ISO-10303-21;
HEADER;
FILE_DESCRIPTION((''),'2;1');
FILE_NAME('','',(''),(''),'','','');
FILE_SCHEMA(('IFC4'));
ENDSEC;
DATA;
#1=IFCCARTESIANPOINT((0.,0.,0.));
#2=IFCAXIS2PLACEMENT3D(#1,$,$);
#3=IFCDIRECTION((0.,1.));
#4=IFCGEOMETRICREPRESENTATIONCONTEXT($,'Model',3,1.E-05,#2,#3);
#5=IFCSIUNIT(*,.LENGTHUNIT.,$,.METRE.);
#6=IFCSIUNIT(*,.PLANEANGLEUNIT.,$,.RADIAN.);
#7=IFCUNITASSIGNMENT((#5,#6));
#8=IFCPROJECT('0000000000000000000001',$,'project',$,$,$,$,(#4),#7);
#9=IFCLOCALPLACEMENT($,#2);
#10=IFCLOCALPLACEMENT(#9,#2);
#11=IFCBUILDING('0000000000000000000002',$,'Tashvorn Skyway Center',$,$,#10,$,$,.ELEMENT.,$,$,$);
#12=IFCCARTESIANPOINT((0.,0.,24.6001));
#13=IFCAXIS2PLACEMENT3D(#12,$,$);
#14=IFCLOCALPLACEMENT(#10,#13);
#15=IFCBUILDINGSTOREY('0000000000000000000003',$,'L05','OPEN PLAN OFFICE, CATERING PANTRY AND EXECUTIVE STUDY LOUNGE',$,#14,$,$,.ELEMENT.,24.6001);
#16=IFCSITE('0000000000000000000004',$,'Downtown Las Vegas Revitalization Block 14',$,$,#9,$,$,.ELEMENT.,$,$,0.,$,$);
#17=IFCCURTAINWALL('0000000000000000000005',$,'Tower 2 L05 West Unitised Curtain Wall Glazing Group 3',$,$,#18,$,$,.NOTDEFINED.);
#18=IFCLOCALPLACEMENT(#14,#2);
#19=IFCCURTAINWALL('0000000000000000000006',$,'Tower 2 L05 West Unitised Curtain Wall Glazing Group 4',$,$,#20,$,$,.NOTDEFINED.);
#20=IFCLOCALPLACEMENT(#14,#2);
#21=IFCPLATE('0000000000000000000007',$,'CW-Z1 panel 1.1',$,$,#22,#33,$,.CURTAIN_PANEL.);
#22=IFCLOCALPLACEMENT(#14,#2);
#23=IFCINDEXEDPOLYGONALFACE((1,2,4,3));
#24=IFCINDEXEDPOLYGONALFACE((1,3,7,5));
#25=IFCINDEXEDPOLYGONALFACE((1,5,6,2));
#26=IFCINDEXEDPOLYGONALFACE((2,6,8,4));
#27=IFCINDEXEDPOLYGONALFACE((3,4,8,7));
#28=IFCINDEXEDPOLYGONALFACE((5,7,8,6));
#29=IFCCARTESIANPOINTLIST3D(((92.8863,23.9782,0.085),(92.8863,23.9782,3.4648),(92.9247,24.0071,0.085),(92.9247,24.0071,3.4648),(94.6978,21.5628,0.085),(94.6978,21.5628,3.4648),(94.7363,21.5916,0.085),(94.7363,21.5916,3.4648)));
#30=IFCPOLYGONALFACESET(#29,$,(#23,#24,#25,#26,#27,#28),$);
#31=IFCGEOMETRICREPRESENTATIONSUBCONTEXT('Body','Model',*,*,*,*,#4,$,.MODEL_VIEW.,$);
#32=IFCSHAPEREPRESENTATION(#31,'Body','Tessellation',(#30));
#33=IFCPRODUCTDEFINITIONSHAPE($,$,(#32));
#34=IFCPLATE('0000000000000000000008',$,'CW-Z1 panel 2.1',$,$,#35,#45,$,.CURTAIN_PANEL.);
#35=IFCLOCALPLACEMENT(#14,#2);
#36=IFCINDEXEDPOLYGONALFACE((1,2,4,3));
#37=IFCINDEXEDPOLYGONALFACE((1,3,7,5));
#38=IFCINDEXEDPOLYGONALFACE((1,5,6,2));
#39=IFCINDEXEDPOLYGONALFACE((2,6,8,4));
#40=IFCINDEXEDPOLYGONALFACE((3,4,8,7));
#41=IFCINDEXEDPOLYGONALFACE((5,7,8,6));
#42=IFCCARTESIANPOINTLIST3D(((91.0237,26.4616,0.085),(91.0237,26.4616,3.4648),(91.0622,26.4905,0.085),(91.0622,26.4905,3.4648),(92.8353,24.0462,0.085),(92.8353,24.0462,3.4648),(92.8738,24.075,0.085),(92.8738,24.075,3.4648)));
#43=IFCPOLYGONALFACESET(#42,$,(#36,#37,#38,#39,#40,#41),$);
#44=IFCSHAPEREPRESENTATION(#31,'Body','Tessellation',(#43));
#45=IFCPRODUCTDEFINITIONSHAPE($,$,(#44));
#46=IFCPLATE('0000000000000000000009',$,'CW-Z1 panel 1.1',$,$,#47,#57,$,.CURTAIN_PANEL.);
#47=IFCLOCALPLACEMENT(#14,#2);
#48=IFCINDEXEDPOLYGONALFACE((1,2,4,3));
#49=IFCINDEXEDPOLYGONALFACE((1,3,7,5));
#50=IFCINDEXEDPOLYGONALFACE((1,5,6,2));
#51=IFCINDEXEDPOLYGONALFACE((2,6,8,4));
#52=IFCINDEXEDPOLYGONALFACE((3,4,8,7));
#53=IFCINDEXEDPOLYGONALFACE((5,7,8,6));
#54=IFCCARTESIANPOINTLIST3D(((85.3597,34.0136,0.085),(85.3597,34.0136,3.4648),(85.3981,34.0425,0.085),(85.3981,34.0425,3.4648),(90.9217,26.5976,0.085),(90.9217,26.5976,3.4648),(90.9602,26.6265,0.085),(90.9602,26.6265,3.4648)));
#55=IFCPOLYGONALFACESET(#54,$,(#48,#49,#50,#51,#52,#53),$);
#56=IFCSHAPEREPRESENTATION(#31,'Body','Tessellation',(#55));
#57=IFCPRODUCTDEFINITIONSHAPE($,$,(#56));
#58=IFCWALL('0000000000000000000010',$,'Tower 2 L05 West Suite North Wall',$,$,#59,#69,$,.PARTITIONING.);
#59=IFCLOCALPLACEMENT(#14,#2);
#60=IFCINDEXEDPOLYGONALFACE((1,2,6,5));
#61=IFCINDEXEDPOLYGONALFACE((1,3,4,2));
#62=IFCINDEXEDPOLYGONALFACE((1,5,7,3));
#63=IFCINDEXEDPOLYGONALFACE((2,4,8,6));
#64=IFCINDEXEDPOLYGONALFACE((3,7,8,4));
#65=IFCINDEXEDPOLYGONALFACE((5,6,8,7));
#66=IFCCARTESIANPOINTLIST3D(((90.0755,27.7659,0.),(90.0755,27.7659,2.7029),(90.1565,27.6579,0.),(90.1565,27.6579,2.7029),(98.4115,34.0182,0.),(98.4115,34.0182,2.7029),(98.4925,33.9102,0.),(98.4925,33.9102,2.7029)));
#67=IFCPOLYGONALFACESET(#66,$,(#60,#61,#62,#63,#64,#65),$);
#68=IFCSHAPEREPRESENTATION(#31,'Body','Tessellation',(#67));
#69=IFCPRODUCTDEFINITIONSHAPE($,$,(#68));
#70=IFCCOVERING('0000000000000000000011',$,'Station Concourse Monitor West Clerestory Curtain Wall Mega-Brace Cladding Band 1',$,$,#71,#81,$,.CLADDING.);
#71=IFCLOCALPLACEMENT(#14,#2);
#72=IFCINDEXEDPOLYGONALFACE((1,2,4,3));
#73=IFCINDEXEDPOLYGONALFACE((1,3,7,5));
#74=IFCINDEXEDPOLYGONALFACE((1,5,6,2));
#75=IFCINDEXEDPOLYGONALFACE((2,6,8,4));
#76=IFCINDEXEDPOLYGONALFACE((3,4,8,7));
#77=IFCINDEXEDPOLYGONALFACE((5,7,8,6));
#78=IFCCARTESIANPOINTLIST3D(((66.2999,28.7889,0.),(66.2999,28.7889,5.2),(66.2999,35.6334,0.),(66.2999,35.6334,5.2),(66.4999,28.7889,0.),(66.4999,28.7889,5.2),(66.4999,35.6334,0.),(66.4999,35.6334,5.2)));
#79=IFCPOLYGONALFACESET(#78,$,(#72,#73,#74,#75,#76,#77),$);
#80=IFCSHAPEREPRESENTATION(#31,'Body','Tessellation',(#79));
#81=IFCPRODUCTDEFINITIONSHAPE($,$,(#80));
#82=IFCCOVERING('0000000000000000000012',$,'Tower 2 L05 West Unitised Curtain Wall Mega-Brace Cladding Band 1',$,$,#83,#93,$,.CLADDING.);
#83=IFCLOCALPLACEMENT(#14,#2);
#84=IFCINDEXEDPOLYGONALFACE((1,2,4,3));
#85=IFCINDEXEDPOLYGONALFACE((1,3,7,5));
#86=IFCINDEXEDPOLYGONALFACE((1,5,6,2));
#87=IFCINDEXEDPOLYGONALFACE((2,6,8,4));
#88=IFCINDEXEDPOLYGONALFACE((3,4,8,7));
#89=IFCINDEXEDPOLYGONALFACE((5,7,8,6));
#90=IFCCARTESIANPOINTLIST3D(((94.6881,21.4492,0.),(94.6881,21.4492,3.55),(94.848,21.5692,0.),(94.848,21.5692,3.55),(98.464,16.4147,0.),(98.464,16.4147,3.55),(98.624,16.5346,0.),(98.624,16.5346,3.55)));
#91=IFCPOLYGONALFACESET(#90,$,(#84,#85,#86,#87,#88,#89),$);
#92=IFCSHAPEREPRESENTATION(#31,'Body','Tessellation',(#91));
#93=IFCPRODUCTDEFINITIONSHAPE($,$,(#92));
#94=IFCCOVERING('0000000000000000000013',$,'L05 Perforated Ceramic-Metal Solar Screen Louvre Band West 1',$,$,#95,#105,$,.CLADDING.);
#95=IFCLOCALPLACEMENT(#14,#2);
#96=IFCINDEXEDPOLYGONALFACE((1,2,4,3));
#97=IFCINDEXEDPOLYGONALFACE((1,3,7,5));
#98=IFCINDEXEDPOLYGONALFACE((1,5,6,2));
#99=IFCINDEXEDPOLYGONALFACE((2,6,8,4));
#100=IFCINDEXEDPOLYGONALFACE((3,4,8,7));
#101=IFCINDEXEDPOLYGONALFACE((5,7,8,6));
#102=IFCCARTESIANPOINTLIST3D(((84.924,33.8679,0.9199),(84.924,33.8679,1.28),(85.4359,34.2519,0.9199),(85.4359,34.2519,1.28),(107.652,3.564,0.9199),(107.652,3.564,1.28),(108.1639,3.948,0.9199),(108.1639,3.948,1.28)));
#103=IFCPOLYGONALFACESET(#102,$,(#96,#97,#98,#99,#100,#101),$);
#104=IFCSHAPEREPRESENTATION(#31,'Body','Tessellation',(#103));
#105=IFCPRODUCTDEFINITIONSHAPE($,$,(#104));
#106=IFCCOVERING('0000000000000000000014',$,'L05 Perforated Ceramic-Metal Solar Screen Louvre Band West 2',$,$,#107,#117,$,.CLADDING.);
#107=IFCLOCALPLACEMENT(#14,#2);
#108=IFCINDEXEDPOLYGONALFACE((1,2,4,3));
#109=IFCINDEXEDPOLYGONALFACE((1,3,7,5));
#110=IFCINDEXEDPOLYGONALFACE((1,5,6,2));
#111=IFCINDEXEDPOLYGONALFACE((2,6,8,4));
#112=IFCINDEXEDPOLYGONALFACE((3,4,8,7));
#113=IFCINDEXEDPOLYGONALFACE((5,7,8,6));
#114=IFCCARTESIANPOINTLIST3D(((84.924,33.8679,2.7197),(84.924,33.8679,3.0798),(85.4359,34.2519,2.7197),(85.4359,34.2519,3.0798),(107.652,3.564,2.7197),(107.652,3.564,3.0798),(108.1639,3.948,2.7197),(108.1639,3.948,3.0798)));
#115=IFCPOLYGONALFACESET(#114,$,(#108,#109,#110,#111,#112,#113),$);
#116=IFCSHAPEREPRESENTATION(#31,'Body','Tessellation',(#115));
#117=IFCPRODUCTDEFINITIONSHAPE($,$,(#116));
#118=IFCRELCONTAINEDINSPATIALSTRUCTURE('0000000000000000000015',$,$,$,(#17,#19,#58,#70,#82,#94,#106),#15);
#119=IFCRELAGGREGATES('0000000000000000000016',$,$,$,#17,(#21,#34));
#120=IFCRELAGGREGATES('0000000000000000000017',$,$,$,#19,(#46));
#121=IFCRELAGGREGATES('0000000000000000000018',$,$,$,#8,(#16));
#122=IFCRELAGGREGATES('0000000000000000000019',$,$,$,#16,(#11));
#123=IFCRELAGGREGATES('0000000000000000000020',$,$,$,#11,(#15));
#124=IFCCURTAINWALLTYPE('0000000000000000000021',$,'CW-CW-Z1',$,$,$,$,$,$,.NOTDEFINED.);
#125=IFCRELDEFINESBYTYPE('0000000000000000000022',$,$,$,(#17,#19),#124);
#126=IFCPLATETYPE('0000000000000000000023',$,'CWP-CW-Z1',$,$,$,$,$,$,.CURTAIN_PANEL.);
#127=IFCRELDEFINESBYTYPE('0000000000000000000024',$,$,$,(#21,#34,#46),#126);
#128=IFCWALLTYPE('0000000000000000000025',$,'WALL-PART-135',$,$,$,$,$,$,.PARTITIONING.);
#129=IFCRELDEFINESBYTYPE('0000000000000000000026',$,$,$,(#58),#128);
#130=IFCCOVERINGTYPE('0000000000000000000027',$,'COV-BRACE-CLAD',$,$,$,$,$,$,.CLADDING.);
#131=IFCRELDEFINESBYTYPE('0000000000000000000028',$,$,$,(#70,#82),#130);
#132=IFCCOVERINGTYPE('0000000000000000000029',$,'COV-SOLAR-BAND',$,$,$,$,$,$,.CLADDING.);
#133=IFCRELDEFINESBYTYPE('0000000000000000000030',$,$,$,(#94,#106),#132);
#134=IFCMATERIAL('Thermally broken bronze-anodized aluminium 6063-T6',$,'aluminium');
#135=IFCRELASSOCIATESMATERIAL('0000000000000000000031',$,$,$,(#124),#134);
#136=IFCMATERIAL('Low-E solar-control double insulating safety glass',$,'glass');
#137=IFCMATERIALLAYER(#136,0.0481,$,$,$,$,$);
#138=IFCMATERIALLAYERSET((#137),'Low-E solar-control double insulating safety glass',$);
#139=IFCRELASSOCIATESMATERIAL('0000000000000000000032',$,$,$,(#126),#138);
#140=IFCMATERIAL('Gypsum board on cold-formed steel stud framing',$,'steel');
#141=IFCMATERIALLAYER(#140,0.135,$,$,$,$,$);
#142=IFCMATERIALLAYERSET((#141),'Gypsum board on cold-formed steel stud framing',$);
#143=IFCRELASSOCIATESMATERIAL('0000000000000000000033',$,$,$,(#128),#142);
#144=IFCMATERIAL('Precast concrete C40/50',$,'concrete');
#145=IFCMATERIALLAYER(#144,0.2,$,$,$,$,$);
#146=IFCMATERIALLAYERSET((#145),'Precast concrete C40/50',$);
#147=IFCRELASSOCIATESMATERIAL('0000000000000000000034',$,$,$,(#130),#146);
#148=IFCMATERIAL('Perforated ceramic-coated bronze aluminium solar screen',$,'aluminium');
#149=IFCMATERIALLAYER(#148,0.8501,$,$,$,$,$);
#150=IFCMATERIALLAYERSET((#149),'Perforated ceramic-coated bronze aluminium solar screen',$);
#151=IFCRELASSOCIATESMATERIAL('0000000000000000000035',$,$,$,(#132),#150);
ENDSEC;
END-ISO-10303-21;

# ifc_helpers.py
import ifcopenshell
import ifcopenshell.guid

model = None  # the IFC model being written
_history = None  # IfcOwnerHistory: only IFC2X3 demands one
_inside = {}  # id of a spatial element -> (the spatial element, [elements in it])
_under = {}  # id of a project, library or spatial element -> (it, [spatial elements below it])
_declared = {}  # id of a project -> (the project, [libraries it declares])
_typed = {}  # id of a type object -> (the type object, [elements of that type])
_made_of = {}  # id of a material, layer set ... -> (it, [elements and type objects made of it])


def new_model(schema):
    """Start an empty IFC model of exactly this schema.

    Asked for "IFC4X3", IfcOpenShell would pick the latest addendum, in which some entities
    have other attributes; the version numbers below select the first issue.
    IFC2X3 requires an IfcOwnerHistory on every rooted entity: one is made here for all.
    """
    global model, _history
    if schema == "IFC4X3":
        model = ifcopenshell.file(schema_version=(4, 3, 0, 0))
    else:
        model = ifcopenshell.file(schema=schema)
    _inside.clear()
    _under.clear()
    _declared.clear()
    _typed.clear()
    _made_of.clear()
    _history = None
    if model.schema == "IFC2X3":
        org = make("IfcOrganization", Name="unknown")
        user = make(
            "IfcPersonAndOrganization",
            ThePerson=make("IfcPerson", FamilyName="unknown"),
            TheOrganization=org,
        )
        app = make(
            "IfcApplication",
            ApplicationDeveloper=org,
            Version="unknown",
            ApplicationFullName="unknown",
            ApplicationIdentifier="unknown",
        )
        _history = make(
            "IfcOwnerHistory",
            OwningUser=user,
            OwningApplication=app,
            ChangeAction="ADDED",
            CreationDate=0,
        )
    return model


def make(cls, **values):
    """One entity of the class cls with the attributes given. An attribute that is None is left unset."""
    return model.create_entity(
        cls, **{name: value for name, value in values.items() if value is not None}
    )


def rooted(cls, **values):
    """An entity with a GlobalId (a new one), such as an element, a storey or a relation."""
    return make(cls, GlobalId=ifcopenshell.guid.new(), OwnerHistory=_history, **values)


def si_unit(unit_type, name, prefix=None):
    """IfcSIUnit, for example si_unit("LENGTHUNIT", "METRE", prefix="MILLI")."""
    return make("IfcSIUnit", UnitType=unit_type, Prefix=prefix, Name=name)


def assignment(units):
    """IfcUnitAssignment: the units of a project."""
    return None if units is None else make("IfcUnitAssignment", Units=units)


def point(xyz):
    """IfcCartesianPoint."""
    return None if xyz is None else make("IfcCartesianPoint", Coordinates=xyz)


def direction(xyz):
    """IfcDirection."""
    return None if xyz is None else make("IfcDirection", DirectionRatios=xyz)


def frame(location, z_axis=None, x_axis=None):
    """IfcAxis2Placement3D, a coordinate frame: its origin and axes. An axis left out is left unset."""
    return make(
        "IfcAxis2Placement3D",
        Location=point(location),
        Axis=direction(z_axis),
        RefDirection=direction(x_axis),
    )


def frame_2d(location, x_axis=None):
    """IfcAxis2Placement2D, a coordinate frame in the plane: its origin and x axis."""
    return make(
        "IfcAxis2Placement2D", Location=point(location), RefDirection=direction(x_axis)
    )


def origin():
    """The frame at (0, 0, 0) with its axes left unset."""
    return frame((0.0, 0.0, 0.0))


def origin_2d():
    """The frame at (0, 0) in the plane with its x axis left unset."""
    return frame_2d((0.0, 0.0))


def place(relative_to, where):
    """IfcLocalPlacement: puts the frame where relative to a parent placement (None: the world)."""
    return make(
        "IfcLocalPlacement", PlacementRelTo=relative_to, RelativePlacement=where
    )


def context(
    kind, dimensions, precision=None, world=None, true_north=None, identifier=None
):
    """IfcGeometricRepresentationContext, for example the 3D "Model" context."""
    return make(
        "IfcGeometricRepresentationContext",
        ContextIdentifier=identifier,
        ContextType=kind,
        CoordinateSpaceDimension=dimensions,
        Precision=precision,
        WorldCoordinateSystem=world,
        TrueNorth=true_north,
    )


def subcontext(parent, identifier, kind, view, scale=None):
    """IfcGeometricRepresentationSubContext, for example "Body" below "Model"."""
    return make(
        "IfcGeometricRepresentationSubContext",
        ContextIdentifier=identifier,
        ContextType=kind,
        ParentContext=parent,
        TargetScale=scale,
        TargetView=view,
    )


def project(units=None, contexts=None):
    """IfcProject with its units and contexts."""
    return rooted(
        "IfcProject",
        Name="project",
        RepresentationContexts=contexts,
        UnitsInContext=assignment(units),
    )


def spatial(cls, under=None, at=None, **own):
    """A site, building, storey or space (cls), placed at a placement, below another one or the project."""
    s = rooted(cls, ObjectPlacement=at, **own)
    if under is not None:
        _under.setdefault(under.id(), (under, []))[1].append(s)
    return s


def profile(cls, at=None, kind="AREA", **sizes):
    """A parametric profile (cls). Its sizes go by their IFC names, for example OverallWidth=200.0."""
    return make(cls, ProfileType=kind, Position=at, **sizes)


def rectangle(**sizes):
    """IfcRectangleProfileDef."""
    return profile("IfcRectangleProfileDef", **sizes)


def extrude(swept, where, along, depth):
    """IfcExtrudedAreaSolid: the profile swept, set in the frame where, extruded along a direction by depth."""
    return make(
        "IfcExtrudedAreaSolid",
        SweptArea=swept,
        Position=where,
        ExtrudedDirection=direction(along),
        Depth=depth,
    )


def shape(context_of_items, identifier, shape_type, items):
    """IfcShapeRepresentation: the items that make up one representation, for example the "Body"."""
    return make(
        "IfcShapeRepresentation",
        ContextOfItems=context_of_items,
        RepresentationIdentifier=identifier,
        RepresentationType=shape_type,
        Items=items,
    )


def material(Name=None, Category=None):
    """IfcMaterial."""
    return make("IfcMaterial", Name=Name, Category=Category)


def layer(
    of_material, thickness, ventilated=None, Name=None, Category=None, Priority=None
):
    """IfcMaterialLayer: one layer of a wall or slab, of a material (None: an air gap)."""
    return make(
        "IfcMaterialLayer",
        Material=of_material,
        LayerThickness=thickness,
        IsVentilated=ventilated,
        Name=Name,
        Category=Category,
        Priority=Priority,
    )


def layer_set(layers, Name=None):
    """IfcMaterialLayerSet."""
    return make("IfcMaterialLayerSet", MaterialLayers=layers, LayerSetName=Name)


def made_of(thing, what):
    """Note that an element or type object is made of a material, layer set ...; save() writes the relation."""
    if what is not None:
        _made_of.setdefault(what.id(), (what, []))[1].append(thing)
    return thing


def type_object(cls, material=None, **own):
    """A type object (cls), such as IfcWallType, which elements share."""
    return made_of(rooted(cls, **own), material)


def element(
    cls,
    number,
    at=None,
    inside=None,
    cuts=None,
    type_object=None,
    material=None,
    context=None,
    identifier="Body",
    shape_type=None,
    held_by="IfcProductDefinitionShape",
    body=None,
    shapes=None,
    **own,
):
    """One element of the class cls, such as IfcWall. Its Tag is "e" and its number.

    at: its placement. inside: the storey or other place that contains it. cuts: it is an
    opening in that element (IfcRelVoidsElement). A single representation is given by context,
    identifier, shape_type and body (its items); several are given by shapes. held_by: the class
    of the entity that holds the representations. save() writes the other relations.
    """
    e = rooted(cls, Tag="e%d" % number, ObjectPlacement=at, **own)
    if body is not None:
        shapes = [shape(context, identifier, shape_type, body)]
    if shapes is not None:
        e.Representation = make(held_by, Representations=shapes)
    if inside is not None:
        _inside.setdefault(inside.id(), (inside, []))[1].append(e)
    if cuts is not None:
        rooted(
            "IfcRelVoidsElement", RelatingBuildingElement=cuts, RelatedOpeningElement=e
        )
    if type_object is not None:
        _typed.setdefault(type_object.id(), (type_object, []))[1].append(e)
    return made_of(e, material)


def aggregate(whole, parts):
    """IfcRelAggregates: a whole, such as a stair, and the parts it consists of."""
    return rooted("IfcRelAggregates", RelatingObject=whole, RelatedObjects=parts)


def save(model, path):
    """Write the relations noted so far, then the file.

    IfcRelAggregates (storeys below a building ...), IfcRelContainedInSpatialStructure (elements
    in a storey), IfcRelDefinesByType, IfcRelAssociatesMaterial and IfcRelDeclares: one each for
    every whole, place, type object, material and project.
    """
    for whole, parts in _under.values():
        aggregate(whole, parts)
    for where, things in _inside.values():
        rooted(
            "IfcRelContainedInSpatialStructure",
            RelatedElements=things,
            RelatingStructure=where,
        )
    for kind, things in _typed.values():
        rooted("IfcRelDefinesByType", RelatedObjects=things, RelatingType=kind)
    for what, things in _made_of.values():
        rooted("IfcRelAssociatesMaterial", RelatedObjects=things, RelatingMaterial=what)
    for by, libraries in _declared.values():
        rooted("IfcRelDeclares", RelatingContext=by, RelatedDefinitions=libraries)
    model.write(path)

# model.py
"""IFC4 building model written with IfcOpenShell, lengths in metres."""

from ifc_helpers import new_model, si_unit, direction, frame, frame_2d, origin, origin_2d, place, context, subcontext, project, spatial, rectangle, extrude, material, layer, layer_set, type_object, element, aggregate, save


model = new_model("IFC4")

# Units and contexts
model_context = context("Model", 3, precision=1e-05, world=origin(), true_north=direction((0.0, 1.0)))
body_context = subcontext(model_context, "Body", "Model", "MODEL_VIEW")
ifc_project = project(units=[si_unit("LENGTHUNIT", "METRE"), si_unit("PLANEANGLEUNIT", "RADIAN")], contexts=[model_context])

# Site, building, storey
site_placement = place(None, origin())
site = spatial("IfcSite", under=ifc_project, at=site_placement, Name="Downtown Las Vegas Revitalization Block 14", CompositionType="ELEMENT", RefElevation=0.0)
building_placement = place(site_placement, origin())
building = spatial("IfcBuilding", under=site, at=building_placement, Name="Tashvorn Skyway Center", CompositionType="ELEMENT")
storey_placement = place(building_placement, frame((0.0, 0.0, 24.6001)))
storey = spatial("IfcBuildingStorey", under=building, at=storey_placement, Name="L05", Description="OPEN PLAN OFFICE, CATERING PANTRY AND EXECUTIVE STUDY LOUNGE", CompositionType="ELEMENT", Elevation=24.6001)

# Curtain wall
ifc_material_1 = material(Name="Thermally broken bronze-anodized aluminium 6063-T6", Category="aluminium")
curtain_wall_type_1 = type_object("IfcCurtainWallType", Name="CW-CW-Z1", PredefinedType="NOTDEFINED", material=ifc_material_1)
curtain_wall_1_placement = place(storey_placement, origin())
curtain_wall_1 = element("IfcCurtainWall", 1, at=curtain_wall_1_placement, inside=storey, type_object=curtain_wall_type_1, Name="Tower 2 L05 West Unitised Curtain Wall Glazing Group 3", PredefinedType="NOTDEFINED")

# Curtain wall
curtain_wall_2_placement = place(storey_placement, origin())
curtain_wall_2 = element("IfcCurtainWall", 2, at=curtain_wall_2_placement, inside=storey, type_object=curtain_wall_type_1, Name="Tower 2 L05 West Unitised Curtain Wall Glazing Group 4", PredefinedType="NOTDEFINED")

# Plates
ifc_material_2 = material(Name="Low-E solar-control double insulating safety glass", Category="glass")
ifc_layer_1 = layer(ifc_material_2, 0.0481)
ifc_layer_set_1 = layer_set([ifc_layer_1], Name="Low-E solar-control double insulating safety glass")
plate_type_1 = type_object("IfcPlateType", Name="CWP-CW-Z1", PredefinedType="CURTAIN_PANEL", material=ifc_layer_set_1)
plate_1_placement = place(storey_placement, frame((93.8113, 22.7849, 0.085), z_axis=(0.0, 0.0, 1.0), x_axis=(-0.599997, 0.800002, 0.0)))
plate_1 = element("IfcPlate", 3, at=plate_1_placement, type_object=plate_type_1, Name="CW-Z1 panel 1.1", PredefinedType="CURTAIN_PANEL", context=body_context, shape_type="SweptSolid", body=[
    extrude(rectangle(XDim=3.0193, YDim=0.0481, at=origin_2d()), origin(), (0.0, 0.0, 1.0), 3.3799),
])
plate_2_placement = place(storey_placement, frame((91.9487, 25.2683, 0.085), z_axis=(0.0, 0.0, 1.0), x_axis=(-0.599997, 0.800002, 0.0)))
plate_2 = element("IfcPlate", 4, at=plate_2_placement, type_object=plate_type_1, Name="CW-Z1 panel 2.1", PredefinedType="CURTAIN_PANEL", context=body_context, shape_type="SweptSolid", body=[
    extrude(rectangle(XDim=3.0193, YDim=0.0481, at=origin_2d()), origin(), (0.0, 0.0, 1.0), 3.3799),
])
aggregate(curtain_wall_1, [plate_1, plate_2])
plate_3_placement = place(storey_placement, frame((88.1599, 30.3201, 0.085), z_axis=(0.0, 0.0, 1.0), x_axis=(-0.6, 0.8, 0.0)))
plate_3 = element("IfcPlate", 5, at=plate_3_placement, type_object=plate_type_1, Name="CW-Z1 panel 1.1", PredefinedType="CURTAIN_PANEL", context=body_context, shape_type="SweptSolid", body=[
    extrude(rectangle(XDim=9.27, YDim=0.0481, at=origin_2d()), origin(), (0.0, 0.0, 1.0), 3.3799),
])
aggregate(curtain_wall_2, [plate_3])

# Wall
ifc_material_3 = material(Name="Gypsum board on cold-formed steel stud framing", Category="steel")
ifc_layer_2 = layer(ifc_material_3, 0.135)
ifc_layer_set_2 = layer_set([ifc_layer_2], Name="Gypsum board on cold-formed steel stud framing")
wall_type = type_object("IfcWallType", Name="WALL-PART-135", PredefinedType="PARTITIONING", material=ifc_layer_set_2)
wall_placement = place(storey_placement, frame((98.4519, 33.9641, 0.0), z_axis=(0.0, 0.0, 1.0), x_axis=(-0.799989, -0.600015, 0.0)))
element("IfcWall", 6, at=wall_placement, inside=storey, type_object=wall_type, Name="Tower 2 L05 West Suite North Wall", PredefinedType="PARTITIONING", context=body_context, shape_type="SweptSolid", body=[
    extrude(rectangle(XDim=10.4202, YDim=0.135, at=frame_2d((5.21, 0.0))), origin(), (0.0, 0.0, 1.0), 2.7029),
])

# Coverings
ifc_material_4 = material(Name="Precast concrete C40/50", Category="concrete")
ifc_layer_3 = layer(ifc_material_4, 0.2)
ifc_layer_set_3 = layer_set([ifc_layer_3], Name="Precast concrete C40/50")
covering_type_1 = type_object("IfcCoveringType", Name="COV-BRACE-CLAD", PredefinedType="CLADDING", material=ifc_layer_set_3)
covering_1_placement = place(storey_placement, frame((66.3999, 32.2112, 0.0), z_axis=(0.0, 0.0, 1.0), x_axis=(0.0, 1.0, 0.0)))
element("IfcCovering", 7, at=covering_1_placement, inside=storey, type_object=covering_type_1, Name="Station Concourse Monitor West Clerestory Curtain Wall Mega-Brace Cladding Band 1", PredefinedType="CLADDING", context=body_context, shape_type="SweptSolid", body=[
    extrude(rectangle(XDim=6.8445, YDim=0.2, at=origin_2d()), origin(), (0.0, 0.0, 1.0), 5.2),
])
covering_2_placement = place(storey_placement, frame((96.656, 18.9919, 0.0), z_axis=(0.0, 0.0, 1.0), x_axis=(-0.6, 0.8, 0.0)))
element("IfcCovering", 8, at=covering_2_placement, inside=storey, type_object=covering_type_1, Name="Tower 2 L05 West Unitised Curtain Wall Mega-Brace Cladding Band 1", PredefinedType="CLADDING", context=body_context, shape_type="SweptSolid", body=[
    extrude(rectangle(XDim=6.2932, YDim=0.2, at=origin_2d()), origin(), (0.0, 0.0, 1.0), 3.55),
])
ifc_material_5 = material(Name="Perforated ceramic-coated bronze aluminium solar screen", Category="aluminium")
ifc_layer_4 = layer(ifc_material_5, 0.8501)
ifc_layer_set_4 = layer_set([ifc_layer_4], Name="Perforated ceramic-coated bronze aluminium solar screen")
covering_type_2 = type_object("IfcCoveringType", Name="COV-SOLAR-BAND", PredefinedType="CLADDING", material=ifc_layer_set_4)
for number, where, z_axis, x_axis, name in (
    (9, (96.5439, 18.908, 0.9199), (0.0, 0.0, 1.0), (-0.6, 0.8, 0.0), "L05 Perforated Ceramic-Metal Solar Screen Louvre Band West 1"),
    (10, (96.5439, 18.908, 2.7197), (0.0, 0.0, 1.0), (-0.6, 0.8, 0.0), "L05 Perforated Ceramic-Metal Solar Screen Louvre Band West 2"),
):
    element("IfcCovering", number, at=place(storey_placement, frame(where, z_axis=z_axis, x_axis=x_axis)), inside=storey, type_object=covering_type_2, Name=name, PredefinedType="CLADDING", context=body_context, shape_type="SweptSolid", body=[
        extrude(rectangle(XDim=37.8799, YDim=0.6399, at=origin_2d()), origin(), (0.0, 0.0, 1.0), 0.3601),
    ])

save(model, "model.ifc")
